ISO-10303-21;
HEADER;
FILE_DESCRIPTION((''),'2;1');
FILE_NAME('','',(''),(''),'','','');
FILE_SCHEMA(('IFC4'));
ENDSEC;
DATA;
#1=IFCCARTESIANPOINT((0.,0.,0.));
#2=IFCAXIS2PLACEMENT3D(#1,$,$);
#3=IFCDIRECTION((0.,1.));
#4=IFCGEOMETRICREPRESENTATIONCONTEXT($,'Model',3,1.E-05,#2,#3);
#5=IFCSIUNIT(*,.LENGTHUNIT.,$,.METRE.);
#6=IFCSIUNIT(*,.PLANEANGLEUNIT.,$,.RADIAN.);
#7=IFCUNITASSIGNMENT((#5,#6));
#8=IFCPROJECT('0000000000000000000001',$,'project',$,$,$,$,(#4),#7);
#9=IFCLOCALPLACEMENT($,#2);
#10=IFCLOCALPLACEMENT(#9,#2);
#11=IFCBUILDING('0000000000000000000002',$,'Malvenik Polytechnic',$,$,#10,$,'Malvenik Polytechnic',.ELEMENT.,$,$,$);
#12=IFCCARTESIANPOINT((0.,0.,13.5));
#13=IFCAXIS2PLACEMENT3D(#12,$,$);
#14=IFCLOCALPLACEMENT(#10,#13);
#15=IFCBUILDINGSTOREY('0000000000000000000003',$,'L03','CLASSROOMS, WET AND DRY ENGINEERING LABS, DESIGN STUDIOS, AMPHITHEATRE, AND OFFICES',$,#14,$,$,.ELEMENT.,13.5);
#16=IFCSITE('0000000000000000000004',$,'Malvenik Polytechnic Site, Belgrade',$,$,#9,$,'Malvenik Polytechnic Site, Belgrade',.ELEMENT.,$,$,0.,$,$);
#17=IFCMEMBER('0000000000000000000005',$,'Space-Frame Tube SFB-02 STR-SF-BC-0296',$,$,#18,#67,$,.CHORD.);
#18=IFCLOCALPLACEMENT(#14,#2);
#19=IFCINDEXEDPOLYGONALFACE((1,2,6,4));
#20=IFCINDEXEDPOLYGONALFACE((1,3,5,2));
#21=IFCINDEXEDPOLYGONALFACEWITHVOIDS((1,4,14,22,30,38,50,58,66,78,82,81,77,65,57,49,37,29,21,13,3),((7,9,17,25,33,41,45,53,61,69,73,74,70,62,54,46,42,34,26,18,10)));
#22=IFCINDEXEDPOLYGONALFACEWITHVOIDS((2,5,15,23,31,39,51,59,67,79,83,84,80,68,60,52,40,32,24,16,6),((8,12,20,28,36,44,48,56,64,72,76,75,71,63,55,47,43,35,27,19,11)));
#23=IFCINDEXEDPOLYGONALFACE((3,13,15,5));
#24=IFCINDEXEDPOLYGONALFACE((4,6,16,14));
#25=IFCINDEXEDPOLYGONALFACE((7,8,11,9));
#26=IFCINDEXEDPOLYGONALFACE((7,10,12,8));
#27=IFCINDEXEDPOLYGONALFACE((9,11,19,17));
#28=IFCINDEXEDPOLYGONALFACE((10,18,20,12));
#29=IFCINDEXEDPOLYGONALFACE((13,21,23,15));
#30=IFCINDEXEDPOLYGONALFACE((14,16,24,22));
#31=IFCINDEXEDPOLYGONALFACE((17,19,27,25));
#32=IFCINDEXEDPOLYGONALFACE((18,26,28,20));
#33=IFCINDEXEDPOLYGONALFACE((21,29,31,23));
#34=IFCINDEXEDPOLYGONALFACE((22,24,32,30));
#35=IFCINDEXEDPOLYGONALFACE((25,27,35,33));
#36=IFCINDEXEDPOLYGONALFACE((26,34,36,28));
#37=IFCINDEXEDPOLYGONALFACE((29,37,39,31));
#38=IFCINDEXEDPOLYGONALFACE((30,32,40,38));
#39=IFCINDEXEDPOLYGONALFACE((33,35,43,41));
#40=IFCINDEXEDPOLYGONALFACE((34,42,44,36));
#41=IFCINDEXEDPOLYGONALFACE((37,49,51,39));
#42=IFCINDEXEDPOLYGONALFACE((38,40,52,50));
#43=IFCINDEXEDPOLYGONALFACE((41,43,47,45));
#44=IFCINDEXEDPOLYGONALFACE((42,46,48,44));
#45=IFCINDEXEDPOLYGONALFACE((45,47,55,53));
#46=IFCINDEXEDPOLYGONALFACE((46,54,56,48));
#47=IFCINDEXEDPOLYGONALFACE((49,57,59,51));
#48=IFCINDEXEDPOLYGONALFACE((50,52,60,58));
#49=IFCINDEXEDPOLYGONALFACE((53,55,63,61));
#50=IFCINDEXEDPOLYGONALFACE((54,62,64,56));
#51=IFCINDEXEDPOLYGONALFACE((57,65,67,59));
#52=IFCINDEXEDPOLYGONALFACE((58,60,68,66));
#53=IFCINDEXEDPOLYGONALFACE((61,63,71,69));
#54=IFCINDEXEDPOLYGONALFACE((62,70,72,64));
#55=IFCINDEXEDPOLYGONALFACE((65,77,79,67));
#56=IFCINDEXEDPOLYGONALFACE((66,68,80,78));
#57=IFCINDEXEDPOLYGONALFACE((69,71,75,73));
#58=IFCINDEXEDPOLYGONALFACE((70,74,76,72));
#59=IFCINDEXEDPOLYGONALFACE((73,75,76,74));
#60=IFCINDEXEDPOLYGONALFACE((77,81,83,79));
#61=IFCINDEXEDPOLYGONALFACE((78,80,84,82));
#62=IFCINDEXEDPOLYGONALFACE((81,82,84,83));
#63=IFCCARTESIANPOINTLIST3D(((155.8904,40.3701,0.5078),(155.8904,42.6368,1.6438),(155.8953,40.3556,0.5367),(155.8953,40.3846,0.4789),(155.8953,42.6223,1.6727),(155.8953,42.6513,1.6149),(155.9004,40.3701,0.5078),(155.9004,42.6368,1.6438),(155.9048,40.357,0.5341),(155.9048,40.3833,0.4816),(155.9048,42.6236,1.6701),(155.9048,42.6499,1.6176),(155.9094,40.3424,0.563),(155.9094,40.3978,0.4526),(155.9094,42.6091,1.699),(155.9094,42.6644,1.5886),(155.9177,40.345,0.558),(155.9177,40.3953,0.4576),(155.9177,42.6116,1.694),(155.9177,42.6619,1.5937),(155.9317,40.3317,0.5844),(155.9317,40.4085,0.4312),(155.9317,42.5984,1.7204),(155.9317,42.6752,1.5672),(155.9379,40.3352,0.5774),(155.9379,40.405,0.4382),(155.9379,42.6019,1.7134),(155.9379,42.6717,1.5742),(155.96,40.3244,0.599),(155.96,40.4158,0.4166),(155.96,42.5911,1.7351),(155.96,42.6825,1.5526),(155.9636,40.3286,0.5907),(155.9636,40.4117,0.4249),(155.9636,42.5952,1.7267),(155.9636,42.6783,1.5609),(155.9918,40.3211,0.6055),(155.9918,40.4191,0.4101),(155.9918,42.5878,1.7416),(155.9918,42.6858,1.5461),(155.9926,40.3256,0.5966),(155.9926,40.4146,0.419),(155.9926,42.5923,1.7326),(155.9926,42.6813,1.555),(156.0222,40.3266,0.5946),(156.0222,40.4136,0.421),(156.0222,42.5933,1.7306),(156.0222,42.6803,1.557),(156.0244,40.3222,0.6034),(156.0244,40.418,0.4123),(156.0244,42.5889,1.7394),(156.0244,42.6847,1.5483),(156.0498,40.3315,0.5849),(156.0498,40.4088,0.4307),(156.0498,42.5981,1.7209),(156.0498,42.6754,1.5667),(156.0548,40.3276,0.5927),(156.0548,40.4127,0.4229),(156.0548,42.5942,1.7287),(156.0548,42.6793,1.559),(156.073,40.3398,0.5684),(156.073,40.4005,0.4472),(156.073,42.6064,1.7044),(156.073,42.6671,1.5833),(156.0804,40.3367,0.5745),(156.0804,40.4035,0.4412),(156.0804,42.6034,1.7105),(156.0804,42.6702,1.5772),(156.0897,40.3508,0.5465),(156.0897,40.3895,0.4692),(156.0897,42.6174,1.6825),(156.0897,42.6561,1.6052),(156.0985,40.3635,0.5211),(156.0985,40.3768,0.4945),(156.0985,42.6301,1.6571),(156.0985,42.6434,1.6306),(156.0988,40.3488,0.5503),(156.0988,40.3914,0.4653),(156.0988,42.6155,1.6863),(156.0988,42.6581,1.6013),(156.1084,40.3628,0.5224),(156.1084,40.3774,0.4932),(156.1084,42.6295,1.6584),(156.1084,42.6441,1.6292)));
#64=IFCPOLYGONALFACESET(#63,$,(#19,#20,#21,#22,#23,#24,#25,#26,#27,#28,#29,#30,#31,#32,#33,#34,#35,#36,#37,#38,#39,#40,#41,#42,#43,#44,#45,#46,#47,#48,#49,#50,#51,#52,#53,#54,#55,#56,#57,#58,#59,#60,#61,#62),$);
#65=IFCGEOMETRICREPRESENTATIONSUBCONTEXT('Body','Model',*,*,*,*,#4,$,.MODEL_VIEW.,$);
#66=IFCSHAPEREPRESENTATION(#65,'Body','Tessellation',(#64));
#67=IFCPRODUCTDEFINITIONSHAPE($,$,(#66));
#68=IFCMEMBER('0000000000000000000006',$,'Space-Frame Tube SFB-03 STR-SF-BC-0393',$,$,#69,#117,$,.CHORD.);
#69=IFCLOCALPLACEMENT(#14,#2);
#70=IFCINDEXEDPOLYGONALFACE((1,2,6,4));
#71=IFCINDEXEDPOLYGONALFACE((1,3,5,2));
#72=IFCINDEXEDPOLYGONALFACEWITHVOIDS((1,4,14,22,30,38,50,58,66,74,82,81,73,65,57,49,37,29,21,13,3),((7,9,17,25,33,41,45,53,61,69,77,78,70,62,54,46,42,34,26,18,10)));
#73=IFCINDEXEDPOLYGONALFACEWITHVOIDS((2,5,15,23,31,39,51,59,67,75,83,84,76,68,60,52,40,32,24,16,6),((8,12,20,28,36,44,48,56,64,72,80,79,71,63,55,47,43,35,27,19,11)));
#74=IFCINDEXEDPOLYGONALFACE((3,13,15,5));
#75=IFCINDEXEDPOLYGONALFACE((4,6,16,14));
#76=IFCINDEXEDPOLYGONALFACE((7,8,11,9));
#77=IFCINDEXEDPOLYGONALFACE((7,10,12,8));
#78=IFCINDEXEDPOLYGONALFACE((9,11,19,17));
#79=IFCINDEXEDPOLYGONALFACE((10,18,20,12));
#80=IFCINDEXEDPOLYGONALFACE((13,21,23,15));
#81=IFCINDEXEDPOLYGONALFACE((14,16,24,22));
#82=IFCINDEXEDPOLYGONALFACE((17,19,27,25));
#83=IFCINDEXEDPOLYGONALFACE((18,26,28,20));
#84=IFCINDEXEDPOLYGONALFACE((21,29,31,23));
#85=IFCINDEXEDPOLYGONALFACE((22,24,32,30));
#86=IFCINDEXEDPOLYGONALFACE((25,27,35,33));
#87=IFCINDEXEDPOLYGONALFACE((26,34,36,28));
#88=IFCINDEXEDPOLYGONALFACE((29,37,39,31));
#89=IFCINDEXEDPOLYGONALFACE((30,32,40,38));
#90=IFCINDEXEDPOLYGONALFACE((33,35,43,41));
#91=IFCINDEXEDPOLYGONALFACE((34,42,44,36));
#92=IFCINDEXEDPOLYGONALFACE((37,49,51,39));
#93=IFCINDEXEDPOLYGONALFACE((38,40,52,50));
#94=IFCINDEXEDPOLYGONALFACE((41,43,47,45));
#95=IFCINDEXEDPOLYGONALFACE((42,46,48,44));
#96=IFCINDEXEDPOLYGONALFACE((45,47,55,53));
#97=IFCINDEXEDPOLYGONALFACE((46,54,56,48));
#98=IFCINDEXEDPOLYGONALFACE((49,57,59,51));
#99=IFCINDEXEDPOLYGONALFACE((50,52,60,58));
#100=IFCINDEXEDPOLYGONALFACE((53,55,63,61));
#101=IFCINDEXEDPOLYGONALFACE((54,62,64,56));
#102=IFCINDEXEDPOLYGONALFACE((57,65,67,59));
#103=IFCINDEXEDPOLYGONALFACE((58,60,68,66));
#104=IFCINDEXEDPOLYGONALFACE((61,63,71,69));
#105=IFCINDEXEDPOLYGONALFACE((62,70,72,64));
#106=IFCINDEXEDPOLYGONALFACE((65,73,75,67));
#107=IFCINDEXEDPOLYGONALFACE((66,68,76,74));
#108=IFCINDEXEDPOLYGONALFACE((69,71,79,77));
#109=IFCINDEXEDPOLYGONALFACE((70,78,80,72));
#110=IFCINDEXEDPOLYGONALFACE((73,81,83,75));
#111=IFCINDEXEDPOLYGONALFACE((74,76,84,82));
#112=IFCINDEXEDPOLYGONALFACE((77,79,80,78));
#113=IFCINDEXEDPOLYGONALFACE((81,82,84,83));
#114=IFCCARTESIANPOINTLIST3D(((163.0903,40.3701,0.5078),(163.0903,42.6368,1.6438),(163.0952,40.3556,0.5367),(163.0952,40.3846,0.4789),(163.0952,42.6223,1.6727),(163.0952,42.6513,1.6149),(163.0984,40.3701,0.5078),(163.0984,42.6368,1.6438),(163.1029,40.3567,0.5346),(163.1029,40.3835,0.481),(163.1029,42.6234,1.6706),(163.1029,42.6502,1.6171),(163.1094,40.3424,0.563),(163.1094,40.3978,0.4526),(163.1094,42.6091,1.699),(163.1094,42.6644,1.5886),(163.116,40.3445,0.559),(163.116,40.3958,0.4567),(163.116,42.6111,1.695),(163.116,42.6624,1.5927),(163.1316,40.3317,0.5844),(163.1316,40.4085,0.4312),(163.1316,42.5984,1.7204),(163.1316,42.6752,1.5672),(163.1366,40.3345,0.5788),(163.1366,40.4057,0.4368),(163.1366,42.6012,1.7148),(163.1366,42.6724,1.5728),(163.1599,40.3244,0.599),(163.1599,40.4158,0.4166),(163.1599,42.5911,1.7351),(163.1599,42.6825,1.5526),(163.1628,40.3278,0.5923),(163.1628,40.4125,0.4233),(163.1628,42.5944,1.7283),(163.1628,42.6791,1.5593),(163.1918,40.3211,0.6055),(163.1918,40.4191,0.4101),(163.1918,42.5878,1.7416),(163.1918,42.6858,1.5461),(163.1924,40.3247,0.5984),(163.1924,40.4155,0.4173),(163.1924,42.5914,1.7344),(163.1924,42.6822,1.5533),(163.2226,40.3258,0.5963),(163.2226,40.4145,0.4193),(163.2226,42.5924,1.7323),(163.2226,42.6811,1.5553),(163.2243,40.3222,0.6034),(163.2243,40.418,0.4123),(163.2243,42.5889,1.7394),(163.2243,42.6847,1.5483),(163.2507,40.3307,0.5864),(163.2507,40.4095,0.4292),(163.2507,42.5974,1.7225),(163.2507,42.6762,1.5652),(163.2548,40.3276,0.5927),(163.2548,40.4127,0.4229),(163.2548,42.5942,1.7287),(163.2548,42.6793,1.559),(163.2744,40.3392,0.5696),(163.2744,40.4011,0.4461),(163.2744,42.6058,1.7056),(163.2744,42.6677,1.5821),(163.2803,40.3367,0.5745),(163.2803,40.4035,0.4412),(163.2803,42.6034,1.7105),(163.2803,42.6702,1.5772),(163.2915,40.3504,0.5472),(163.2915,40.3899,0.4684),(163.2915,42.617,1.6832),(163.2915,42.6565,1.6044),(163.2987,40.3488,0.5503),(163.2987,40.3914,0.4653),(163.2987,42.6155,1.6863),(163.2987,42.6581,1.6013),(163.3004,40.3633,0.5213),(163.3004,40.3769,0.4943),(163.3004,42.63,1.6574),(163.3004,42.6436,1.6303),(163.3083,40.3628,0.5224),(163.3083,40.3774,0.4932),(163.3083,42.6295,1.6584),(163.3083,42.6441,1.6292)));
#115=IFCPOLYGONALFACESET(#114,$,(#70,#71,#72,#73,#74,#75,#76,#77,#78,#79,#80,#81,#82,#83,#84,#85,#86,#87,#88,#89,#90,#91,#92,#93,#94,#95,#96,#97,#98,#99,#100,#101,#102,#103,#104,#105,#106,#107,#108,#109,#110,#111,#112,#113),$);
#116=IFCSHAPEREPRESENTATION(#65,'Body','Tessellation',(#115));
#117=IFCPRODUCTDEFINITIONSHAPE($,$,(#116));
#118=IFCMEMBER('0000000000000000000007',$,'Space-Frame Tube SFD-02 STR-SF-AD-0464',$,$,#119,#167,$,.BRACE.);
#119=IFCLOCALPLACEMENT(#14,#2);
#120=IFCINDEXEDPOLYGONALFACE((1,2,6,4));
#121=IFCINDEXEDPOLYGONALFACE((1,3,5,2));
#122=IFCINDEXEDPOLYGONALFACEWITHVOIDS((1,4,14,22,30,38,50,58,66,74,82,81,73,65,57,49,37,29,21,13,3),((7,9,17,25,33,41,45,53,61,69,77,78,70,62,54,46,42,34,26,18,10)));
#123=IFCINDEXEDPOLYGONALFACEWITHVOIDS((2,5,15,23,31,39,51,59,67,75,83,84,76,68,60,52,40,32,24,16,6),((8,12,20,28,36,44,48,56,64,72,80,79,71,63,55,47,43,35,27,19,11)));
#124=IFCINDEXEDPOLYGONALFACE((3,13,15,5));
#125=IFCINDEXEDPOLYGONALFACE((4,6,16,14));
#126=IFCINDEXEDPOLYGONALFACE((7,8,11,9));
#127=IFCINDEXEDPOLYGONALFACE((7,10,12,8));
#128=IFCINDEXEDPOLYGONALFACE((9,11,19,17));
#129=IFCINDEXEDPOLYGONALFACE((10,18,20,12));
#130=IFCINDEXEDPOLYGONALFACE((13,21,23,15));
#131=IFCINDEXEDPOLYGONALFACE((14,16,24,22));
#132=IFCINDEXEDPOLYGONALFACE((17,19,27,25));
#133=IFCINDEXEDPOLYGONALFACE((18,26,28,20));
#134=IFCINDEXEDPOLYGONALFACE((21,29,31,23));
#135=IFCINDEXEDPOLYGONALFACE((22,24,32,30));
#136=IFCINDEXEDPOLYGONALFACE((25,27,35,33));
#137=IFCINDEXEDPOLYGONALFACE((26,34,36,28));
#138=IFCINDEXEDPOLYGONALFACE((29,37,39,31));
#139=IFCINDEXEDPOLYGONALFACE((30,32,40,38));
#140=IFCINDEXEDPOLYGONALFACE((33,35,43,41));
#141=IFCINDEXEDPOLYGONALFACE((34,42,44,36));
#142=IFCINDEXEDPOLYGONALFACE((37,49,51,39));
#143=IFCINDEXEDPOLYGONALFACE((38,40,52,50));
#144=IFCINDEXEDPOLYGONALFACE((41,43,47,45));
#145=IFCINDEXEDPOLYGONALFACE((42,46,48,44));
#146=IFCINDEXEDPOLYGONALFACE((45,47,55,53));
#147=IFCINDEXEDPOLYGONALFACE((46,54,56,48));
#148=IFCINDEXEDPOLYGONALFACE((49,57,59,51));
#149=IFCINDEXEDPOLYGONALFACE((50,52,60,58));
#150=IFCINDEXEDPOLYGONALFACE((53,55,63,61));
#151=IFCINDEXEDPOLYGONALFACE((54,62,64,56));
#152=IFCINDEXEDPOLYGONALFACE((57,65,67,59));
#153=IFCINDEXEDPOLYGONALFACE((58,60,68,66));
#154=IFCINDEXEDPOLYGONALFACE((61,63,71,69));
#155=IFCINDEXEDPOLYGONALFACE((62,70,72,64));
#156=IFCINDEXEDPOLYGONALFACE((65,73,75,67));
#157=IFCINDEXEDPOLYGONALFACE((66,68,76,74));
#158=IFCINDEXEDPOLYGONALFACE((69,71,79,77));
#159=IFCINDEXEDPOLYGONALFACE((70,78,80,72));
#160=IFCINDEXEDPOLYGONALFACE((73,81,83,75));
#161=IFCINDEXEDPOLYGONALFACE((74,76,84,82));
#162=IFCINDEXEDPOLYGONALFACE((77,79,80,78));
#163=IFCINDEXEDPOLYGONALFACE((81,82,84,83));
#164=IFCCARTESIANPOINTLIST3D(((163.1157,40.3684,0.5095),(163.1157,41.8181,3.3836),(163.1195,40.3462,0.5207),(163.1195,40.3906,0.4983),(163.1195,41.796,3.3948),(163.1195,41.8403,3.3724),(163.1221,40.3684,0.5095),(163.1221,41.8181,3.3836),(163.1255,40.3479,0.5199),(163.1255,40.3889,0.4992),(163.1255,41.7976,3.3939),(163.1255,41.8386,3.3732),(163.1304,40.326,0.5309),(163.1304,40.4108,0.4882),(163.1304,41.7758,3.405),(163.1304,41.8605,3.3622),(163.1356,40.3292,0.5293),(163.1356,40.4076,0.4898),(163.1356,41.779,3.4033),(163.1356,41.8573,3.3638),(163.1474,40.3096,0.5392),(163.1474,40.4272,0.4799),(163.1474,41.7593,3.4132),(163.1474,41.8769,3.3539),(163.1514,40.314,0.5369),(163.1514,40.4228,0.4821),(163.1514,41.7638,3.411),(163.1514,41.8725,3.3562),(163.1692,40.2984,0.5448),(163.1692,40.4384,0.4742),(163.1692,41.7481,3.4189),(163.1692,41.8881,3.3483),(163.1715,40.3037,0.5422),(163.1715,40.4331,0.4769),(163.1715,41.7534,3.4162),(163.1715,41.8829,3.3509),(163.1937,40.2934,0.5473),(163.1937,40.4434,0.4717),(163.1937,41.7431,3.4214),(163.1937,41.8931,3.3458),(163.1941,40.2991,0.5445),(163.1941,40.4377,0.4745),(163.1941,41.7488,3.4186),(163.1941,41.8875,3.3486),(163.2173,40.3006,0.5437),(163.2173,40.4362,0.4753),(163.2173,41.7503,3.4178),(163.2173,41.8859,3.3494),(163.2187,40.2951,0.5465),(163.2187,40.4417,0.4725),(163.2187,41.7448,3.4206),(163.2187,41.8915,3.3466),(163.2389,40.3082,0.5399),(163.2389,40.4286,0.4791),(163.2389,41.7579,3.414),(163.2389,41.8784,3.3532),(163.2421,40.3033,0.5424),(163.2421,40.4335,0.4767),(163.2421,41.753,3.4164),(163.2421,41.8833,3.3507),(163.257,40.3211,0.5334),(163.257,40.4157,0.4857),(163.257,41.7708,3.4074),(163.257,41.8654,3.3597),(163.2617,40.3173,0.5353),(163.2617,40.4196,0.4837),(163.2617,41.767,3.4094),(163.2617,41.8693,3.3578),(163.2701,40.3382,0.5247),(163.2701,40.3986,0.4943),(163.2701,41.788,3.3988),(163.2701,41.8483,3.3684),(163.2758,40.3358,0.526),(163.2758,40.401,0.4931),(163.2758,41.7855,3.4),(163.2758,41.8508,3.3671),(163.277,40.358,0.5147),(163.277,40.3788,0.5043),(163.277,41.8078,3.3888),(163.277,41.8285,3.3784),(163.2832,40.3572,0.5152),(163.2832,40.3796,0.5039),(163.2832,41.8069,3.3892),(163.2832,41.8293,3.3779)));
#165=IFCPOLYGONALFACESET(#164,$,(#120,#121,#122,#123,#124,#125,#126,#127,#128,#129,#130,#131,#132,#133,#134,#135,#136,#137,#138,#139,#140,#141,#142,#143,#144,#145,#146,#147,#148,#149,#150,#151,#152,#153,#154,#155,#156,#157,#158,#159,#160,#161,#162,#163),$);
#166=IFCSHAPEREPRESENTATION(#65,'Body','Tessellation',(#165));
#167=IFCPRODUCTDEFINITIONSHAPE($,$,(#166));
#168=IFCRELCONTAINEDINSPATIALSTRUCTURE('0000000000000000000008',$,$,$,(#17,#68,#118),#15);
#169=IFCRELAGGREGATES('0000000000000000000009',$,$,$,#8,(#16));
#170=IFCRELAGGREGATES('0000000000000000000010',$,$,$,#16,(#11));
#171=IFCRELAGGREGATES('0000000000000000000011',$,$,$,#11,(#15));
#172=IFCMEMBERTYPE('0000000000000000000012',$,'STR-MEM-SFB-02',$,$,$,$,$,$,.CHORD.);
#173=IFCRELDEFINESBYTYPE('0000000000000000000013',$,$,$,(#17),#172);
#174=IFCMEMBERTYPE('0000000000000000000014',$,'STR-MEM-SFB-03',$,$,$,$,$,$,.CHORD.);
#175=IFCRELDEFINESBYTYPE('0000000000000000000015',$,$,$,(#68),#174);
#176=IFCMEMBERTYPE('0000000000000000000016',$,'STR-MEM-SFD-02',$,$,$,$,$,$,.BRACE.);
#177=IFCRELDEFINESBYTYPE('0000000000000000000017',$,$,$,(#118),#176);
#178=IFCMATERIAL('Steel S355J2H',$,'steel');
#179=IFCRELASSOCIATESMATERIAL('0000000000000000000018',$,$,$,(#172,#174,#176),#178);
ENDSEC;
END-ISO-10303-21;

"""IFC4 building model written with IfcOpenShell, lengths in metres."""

from ifc_helpers import new_model, si_unit, direction, frame, origin, origin_2d, place, context, subcontext, project, spatial, hollow_circle, extrude, material, material_profile, profile_set, type_object, element, save


model = new_model("IFC4")

# Units and contexts
model_context = context("Model", 3, precision=1e-05, world=origin(), true_north=direction((0.0, 1.0)))
body_context = subcontext(model_context, "Body", "Model", "MODEL_VIEW")
ifc_project = project(units=[si_unit("LENGTHUNIT", "METRE"), si_unit("PLANEANGLEUNIT", "RADIAN")], contexts=[model_context])

# Site, building, storey
site_placement = place(None, origin())
site = spatial("IfcSite", under=ifc_project, at=site_placement, Name="Malvenik Polytechnic Site, Belgrade", LongName="Malvenik Polytechnic Site, Belgrade", CompositionType="ELEMENT", RefElevation=0.0)
building_placement = place(site_placement, origin())
building = spatial("IfcBuilding", under=site, at=building_placement, Name="Malvenik Polytechnic", LongName="Malvenik Polytechnic", CompositionType="ELEMENT")
storey_placement = place(building_placement, frame((0.0, 0.0, 13.5)))
storey = spatial("IfcBuildingStorey", under=building, at=storey_placement, Name="L03", Description="CLASSROOMS, WET AND DRY ENGINEERING LABS, DESIGN STUDIOS, AMPHITHEATRE, AND OFFICES", CompositionType="ELEMENT", Elevation=13.5)

# Members
ifc_material_1 = material(Name="Steel S355J2H", Category="steel")
ifc_material_profile_1 = material_profile(ifc_material_1, hollow_circle(Radius=0.1096, WallThickness=0.01, at=origin_2d()), Name="CHS 219.1x10.0")
ifc_profile_set_1 = profile_set([ifc_material_profile_1], Name="Steel S355J2H")
member_type_1 = type_object("IfcMemberType", Name="STR-MEM-SFB-02", PredefinedType="CHORD", material=ifc_profile_set_1)
member_1_placement = place(storey_placement, frame((156.0, 40.3701, 0.5078), z_axis=(0.0, 0.894003, 0.448061), x_axis=(-1.0, 0.0, 0.0)))
element("IfcMember", 1, at=member_1_placement, inside=storey, type_object=member_type_1, Name="Space-Frame Tube SFB-02 STR-SF-BC-0296", PredefinedType="CHORD", context=body_context, shape_type="SweptSolid", body=[
    extrude(hollow_circle(Radius=0.1096, WallThickness=0.01, at=origin_2d()), origin(), (0.0, 0.0, 1.0), 2.5354),
])
ifc_material_profile_2 = material_profile(ifc_material_1, hollow_circle(Radius=0.1096, WallThickness=0.0081, at=origin_2d()), Name="CHS 219.1x8.0")
ifc_profile_set_2 = profile_set([ifc_material_profile_2], Name="Steel S355J2H")
member_type_2 = type_object("IfcMemberType", Name="STR-MEM-SFB-03", PredefinedType="CHORD", material=ifc_profile_set_2)
member_2_placement = place(storey_placement, frame((163.2, 40.3701, 0.5078), z_axis=(0.0, 0.894003, 0.448061), x_axis=(-1.0, 0.0, 0.0)))
element("IfcMember", 2, at=member_2_placement, inside=storey, type_object=member_type_2, Name="Space-Frame Tube SFB-03 STR-SF-BC-0393", PredefinedType="CHORD", context=body_context, shape_type="SweptSolid", body=[
    extrude(hollow_circle(Radius=0.1096, WallThickness=0.0081, at=origin_2d()), origin(), (0.0, 0.0, 1.0), 2.5354),
])
ifc_material_profile_3 = material_profile(ifc_material_1, hollow_circle(Radius=0.0842, WallThickness=0.0063, at=origin_2d()), Name="CHS 168.3x6.3")
ifc_profile_set_3 = profile_set([ifc_material_profile_3], Name="Steel S355J2H")
member_type_3 = type_object("IfcMemberType", Name="STR-MEM-SFD-02", PredefinedType="BRACE", material=ifc_profile_set_3)
member_3_placement = place(storey_placement, frame((163.2, 40.3684, 0.5095), z_axis=(0.0, 0.450366, 0.892844), x_axis=(-1.0, 0.0, 0.0)))
element("IfcMember", 3, at=member_3_placement, inside=storey, type_object=member_type_3, Name="Space-Frame Tube SFD-02 STR-SF-AD-0464", PredefinedType="BRACE", context=body_context, shape_type="SweptSolid", body=[
    extrude(hollow_circle(Radius=0.0842, WallThickness=0.0063, at=origin_2d()), origin(), (0.0, 0.0, 1.0), 3.219),
])

save(model, "model.ifc")
